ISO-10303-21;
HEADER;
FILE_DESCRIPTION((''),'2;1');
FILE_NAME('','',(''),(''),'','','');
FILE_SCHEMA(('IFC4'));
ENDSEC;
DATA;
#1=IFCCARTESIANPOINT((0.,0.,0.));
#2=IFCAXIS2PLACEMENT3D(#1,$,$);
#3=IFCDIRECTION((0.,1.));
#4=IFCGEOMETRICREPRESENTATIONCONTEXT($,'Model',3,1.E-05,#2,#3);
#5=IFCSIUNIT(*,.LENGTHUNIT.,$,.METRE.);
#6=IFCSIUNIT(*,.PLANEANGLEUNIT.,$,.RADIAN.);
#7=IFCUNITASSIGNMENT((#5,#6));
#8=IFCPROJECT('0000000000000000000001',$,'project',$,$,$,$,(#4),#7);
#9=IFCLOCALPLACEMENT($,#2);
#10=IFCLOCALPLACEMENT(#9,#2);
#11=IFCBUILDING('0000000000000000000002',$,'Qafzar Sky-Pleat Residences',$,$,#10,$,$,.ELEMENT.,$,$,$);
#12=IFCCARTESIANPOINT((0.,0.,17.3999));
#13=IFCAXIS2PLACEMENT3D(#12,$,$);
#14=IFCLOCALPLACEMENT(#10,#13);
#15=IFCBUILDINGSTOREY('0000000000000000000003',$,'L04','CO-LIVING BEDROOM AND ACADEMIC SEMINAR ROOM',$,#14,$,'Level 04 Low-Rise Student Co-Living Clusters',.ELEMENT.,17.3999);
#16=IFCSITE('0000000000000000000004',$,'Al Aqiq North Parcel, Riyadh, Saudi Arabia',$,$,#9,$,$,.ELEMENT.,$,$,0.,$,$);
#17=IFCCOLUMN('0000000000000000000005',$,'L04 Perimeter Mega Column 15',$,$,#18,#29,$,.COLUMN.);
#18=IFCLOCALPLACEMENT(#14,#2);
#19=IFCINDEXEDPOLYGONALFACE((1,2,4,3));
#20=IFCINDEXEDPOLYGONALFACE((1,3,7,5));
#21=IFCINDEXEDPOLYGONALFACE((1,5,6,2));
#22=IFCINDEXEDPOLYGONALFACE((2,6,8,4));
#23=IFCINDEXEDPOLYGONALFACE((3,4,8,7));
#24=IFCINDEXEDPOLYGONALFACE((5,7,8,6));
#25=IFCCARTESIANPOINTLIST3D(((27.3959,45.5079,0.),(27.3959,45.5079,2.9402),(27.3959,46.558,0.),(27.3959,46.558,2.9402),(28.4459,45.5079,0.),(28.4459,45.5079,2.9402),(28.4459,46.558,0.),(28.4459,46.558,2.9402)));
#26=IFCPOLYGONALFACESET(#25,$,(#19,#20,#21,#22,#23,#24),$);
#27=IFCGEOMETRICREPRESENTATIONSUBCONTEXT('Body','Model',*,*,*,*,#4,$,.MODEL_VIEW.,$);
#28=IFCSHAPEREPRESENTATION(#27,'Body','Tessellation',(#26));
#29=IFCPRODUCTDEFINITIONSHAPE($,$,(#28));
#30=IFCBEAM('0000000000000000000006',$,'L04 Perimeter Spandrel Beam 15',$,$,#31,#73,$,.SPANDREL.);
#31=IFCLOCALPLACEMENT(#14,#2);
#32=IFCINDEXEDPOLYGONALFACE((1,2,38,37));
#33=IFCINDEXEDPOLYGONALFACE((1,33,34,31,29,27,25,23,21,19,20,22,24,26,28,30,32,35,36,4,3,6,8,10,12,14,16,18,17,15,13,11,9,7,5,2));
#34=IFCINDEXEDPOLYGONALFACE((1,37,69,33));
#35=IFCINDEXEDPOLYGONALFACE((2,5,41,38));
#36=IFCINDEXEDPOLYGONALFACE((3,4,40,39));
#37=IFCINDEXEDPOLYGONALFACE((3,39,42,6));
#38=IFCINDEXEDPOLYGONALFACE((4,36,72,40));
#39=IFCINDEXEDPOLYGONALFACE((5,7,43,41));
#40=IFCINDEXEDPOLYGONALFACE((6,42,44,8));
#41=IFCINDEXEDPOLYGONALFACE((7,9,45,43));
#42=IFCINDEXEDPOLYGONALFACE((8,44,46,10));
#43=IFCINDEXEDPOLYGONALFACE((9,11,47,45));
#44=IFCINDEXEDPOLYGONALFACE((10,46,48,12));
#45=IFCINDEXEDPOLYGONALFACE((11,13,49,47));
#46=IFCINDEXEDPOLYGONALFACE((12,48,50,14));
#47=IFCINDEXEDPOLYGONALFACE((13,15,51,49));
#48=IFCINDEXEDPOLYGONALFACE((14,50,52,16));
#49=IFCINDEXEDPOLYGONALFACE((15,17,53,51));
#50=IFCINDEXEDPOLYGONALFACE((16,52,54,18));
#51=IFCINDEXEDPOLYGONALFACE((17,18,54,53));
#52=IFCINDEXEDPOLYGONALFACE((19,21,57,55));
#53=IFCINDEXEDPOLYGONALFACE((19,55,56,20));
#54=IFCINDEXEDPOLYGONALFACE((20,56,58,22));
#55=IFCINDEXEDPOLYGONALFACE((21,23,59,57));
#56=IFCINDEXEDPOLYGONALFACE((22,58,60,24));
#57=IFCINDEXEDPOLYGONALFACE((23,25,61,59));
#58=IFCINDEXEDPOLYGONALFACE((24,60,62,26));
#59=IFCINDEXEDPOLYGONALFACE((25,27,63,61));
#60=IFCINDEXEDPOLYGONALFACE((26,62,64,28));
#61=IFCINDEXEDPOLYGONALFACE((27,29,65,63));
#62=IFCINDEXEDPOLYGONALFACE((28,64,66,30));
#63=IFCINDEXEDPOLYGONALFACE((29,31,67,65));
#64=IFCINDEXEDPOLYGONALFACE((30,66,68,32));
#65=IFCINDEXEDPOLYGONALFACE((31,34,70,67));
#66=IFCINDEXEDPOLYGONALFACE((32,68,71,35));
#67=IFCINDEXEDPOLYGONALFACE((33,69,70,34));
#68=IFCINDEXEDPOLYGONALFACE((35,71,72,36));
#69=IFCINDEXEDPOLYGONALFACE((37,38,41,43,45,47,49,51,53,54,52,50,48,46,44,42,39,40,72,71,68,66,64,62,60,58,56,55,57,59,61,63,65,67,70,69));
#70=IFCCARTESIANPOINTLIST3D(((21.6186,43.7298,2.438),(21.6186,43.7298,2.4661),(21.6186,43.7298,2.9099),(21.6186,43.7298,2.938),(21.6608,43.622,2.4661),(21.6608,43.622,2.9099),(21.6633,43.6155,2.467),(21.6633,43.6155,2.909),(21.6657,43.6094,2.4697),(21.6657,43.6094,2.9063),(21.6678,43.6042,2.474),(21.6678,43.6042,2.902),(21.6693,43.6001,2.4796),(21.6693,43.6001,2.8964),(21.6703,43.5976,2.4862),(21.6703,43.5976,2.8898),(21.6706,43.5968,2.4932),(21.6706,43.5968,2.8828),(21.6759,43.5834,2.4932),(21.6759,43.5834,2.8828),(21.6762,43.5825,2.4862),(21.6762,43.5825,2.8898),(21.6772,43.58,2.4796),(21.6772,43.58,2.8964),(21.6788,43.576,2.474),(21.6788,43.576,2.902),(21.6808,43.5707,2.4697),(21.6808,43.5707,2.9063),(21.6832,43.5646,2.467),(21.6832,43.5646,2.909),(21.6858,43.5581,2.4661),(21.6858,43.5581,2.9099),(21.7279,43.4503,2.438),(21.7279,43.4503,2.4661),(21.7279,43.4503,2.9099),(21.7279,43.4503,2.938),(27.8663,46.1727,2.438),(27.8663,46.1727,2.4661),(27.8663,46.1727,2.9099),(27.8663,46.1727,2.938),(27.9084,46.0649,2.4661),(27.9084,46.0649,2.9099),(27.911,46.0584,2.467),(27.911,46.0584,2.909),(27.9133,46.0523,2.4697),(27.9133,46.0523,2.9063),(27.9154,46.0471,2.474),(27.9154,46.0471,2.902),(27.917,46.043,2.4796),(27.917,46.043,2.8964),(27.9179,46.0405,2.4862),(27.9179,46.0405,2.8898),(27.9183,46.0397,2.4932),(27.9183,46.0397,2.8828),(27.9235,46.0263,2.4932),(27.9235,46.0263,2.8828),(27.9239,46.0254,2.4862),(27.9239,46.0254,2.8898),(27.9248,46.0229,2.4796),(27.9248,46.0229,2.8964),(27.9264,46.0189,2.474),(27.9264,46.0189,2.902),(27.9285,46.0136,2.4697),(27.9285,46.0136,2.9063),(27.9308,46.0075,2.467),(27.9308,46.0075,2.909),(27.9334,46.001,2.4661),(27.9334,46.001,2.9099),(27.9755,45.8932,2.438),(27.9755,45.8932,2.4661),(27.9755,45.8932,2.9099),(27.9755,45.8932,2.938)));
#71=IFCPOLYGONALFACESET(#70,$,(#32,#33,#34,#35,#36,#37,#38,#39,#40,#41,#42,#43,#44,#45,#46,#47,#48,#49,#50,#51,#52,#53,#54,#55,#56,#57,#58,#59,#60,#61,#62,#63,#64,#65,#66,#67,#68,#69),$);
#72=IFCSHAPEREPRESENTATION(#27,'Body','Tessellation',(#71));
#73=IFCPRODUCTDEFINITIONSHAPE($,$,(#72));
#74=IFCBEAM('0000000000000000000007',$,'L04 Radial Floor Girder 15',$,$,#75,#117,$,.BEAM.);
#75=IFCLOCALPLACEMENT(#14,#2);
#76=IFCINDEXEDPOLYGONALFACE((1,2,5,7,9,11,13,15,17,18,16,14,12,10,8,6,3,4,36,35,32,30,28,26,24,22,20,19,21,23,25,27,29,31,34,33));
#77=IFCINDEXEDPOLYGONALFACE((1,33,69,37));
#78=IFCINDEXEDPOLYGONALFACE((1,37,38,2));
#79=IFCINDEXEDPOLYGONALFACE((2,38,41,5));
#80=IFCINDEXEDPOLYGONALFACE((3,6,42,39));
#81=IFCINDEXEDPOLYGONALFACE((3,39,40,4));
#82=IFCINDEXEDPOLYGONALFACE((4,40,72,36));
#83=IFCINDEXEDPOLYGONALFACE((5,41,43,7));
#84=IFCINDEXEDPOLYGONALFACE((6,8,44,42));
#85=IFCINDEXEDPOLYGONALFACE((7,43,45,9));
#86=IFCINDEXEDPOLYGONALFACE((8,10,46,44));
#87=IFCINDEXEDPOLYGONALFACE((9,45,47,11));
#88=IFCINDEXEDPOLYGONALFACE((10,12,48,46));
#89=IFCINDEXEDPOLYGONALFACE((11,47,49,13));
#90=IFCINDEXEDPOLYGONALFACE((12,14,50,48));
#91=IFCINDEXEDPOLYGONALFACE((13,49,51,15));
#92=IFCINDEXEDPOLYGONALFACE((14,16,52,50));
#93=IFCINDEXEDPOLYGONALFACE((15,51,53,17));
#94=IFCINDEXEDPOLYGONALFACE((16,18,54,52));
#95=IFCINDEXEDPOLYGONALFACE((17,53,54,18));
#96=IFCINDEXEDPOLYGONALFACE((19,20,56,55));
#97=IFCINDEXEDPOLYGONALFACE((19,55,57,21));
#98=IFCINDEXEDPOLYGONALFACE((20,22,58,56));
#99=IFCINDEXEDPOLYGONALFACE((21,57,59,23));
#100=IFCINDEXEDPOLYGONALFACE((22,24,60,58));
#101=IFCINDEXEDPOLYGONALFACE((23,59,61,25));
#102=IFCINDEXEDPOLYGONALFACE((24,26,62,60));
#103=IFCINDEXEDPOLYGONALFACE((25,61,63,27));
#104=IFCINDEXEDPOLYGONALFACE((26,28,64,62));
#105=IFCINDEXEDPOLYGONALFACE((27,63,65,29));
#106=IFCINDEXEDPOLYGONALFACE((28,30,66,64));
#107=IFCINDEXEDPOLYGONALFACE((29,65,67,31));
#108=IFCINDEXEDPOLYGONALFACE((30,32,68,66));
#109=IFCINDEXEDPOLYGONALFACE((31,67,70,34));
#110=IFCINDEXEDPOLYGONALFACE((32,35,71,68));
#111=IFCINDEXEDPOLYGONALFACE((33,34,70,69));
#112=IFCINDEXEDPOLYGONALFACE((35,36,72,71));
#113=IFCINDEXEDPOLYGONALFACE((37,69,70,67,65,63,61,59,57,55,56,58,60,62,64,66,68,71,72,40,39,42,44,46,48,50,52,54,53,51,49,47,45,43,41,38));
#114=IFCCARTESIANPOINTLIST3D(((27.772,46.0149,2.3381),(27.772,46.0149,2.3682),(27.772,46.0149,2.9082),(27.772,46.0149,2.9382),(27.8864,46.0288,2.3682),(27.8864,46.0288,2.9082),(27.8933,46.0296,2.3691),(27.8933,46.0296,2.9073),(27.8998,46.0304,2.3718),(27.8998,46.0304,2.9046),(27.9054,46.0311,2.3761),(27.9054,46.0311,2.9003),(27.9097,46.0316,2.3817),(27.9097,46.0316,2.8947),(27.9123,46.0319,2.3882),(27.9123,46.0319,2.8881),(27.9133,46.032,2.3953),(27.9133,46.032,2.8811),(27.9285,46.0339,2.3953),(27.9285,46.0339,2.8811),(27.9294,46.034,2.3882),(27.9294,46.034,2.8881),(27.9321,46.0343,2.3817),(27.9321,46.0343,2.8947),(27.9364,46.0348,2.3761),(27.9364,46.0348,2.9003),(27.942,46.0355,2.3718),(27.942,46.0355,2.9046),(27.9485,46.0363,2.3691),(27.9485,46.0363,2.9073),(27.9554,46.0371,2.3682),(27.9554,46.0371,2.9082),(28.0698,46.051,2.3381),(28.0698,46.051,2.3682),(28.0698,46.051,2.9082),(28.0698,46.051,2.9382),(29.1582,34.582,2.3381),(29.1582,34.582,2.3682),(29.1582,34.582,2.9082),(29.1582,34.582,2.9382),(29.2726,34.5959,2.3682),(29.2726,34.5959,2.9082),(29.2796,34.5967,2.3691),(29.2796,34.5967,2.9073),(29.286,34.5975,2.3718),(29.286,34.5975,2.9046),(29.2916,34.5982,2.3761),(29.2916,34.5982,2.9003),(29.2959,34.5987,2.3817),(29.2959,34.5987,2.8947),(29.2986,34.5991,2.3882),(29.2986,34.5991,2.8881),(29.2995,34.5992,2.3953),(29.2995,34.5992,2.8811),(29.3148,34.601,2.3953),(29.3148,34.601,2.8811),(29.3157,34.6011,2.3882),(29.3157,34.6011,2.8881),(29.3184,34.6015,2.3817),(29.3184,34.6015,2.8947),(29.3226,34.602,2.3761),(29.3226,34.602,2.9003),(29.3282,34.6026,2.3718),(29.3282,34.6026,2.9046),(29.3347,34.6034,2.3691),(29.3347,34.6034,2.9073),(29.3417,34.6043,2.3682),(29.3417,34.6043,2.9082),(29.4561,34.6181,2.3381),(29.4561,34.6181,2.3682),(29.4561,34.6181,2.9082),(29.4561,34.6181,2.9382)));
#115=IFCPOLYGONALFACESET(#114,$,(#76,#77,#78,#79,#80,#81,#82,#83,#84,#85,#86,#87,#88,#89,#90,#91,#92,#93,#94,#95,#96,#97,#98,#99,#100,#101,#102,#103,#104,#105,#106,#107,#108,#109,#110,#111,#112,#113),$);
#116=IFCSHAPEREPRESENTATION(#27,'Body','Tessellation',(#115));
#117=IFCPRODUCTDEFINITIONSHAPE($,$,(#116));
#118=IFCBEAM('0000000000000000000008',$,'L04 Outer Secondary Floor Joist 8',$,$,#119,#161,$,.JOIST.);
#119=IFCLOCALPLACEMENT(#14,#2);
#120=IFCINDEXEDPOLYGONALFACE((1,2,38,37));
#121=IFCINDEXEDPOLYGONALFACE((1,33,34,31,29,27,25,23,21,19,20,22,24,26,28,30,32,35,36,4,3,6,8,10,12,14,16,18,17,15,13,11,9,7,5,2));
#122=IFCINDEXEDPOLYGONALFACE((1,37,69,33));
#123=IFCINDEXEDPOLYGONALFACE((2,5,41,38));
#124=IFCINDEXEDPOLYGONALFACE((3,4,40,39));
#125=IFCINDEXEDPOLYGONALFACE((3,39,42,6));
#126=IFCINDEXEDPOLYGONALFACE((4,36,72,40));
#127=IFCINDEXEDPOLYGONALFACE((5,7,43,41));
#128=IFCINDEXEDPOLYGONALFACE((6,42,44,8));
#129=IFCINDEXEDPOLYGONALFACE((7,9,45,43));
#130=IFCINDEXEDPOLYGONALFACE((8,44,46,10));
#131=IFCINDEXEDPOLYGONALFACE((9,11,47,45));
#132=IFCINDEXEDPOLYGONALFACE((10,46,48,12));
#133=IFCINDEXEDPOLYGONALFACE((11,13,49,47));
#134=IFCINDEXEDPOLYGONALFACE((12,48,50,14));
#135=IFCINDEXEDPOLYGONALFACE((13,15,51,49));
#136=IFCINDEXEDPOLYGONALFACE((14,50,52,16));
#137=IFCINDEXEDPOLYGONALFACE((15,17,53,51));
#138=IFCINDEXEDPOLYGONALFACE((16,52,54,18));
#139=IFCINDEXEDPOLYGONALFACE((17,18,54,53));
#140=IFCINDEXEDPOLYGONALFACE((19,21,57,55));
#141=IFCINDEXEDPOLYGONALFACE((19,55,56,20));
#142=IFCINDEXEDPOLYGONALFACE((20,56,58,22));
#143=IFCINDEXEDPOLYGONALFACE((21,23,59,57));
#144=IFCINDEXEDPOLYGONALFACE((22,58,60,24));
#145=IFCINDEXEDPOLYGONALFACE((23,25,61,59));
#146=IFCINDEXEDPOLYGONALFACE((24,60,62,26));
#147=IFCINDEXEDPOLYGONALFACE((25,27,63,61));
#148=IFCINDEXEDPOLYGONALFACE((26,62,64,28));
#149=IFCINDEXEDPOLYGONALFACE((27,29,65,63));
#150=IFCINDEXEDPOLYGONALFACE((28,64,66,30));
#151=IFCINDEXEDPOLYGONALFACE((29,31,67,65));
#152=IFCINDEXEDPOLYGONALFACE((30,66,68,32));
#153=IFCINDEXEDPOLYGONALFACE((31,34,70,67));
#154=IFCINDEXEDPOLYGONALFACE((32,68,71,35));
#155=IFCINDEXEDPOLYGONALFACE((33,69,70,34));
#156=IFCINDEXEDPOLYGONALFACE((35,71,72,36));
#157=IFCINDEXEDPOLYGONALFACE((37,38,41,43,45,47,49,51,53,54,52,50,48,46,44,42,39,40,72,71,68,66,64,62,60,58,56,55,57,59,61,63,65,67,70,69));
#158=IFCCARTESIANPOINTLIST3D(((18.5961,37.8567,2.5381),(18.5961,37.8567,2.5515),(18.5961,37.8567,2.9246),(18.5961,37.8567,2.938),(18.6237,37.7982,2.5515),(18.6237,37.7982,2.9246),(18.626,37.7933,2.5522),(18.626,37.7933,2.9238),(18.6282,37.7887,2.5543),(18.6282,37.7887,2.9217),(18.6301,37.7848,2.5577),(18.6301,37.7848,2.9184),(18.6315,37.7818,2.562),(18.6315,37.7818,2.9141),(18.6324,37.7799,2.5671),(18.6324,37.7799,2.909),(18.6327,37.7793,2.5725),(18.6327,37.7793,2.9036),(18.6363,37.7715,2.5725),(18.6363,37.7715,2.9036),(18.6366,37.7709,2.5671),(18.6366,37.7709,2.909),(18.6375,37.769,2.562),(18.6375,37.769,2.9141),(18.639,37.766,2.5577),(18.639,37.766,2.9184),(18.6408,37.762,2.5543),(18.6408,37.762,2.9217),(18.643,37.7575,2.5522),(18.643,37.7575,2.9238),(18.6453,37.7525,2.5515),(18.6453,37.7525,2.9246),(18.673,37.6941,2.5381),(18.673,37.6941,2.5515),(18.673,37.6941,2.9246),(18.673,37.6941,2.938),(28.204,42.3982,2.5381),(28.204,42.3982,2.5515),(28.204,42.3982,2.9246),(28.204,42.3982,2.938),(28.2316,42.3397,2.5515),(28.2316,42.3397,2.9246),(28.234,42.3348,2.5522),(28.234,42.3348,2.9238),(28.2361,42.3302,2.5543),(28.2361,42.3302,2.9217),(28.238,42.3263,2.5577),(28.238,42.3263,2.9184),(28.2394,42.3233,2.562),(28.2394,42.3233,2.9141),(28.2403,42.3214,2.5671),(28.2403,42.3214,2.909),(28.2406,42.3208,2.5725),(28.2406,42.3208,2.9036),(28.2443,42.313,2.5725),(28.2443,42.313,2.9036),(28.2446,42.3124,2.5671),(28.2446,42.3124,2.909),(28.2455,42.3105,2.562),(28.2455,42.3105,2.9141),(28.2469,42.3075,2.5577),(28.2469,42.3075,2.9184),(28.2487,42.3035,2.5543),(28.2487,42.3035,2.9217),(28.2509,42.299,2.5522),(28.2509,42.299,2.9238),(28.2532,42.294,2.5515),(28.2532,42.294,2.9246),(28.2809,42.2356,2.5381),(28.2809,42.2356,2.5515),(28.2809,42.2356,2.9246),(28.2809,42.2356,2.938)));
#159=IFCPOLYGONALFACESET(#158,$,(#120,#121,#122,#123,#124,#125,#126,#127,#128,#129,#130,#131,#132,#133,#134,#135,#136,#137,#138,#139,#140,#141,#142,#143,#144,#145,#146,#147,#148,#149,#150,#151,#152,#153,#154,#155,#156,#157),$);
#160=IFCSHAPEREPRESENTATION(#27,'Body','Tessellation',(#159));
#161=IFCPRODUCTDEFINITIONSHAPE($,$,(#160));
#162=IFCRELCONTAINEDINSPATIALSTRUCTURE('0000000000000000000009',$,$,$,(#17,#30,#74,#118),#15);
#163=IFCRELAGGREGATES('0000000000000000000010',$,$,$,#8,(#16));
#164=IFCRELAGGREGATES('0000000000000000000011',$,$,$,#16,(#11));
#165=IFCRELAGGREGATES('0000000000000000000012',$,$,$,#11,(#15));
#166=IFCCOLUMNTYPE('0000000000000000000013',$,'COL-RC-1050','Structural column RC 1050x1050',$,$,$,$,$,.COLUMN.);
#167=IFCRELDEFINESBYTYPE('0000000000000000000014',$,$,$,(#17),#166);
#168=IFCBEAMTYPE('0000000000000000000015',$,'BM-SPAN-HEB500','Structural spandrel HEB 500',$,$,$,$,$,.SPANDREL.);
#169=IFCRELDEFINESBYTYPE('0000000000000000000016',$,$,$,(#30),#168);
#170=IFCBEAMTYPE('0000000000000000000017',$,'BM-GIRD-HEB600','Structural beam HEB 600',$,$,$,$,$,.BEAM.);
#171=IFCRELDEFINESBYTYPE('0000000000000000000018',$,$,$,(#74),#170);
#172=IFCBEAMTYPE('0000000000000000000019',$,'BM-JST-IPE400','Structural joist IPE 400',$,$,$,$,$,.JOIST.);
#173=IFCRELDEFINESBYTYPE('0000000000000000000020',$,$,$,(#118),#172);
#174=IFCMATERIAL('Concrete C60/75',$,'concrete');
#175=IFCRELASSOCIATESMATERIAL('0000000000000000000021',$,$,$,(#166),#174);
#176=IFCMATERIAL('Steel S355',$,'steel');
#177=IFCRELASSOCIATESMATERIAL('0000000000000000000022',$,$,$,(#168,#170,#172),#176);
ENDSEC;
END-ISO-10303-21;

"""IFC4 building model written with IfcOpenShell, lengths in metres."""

from ifc_helpers import new_model, si_unit, direction, frame, origin, origin_2d, place, context, subcontext, project, spatial, rectangle, i_section, extrude, source, transform, mapped, material, material_profile, profile_set, type_object, element, save


model = new_model("IFC4")

# Units and contexts
model_context = context("Model", 3, precision=1e-05, world=origin(), true_north=direction((0.0, 1.0)))
body_context = subcontext(model_context, "Body", "Model", "MODEL_VIEW")
ifc_project = project(units=[si_unit("LENGTHUNIT", "METRE"), si_unit("PLANEANGLEUNIT", "RADIAN")], contexts=[model_context])

# Site, building, storey
site_placement = place(None, origin())
site = spatial("IfcSite", under=ifc_project, at=site_placement, Name="Al Aqiq North Parcel, Riyadh, Saudi Arabia", CompositionType="ELEMENT", RefElevation=0.0)
building_placement = place(site_placement, origin())
building = spatial("IfcBuilding", under=site, at=building_placement, Name="Qafzar Sky-Pleat Residences", CompositionType="ELEMENT")
storey_placement = place(building_placement, frame((0.0, 0.0, 17.3999)))
storey = spatial("IfcBuildingStorey", under=building, at=storey_placement, Name="L04", Description="CO-LIVING BEDROOM AND ACADEMIC SEMINAR ROOM", LongName="Level 04 Low-Rise Student Co-Living Clusters", CompositionType="ELEMENT", Elevation=17.3999)

# Column
ifc_material_1 = material(Name="Concrete C60/75", Category="concrete")
ifc_material_profile_1 = material_profile(ifc_material_1, rectangle(XDim=1.05, YDim=1.05, at=origin_2d()), Name="RC 1050x1050")
ifc_profile_set_1 = profile_set([ifc_material_profile_1], Name="Concrete C60/75")
column_type = type_object("IfcColumnType", Name="COL-RC-1050", Description="Structural column RC 1050x1050", PredefinedType="COLUMN", material=ifc_profile_set_1)
shared_shape_1 = source(origin(), body_context, "Body", "SweptSolid", [
    extrude(rectangle(XDim=1.05, YDim=1.05, at=origin_2d()), origin(), (0.0, 0.0, 1.0), 2.9402),
])
column_placement = place(storey_placement, frame((27.9209, 46.033, 0.0), z_axis=(0.0, 0.0, 1.0), x_axis=(1.0, 0.0, 0.0)))
element("IfcColumn", 1, at=column_placement, inside=storey, type_object=column_type, Name="L04 Perimeter Mega Column 15", PredefinedType="COLUMN", context=body_context, shape_type="MappedRepresentation", body=[
    mapped(shared_shape_1, transform((0.0, 0.0, 0.0), x_axis=(1.0, 0.0, 0.0), y_axis=(0.0, 1.0, 0.0), z_axis=(0.0, 0.0, 1.0), scale=1.0)),
])

# Beams
ifc_material_2 = material(Name="Steel S355", Category="steel")
ifc_material_profile_2 = material_profile(ifc_material_2, i_section(OverallWidth=0.3, OverallDepth=0.5, WebThickness=0.0144, FlangeThickness=0.0281, FilletRadius=0.0271, at=origin_2d()), Name="HEB 500")
ifc_profile_set_2 = profile_set([ifc_material_profile_2], Name="Steel S355")
beam_type_1 = type_object("IfcBeamType", Name="BM-SPAN-HEB500", Description="Structural spandrel HEB 500", PredefinedType="SPANDREL", material=ifc_profile_set_2)
shared_shape_2 = source(origin(), body_context, "Body", "SweptSolid", [
    extrude(i_section(OverallWidth=0.3, OverallDepth=0.5, WebThickness=0.0144, FlangeThickness=0.0281, FilletRadius=0.0271, at=origin_2d()), origin(), (0.0, 0.0, 1.0), 6.7083),
])
beam_1_placement = place(storey_placement, frame((27.9209, 46.033, 2.688), z_axis=(-0.931335, -0.364163, 0.0), x_axis=(0.364163, -0.931335, 0.0)))
element("IfcBeam", 2, at=beam_1_placement, inside=storey, type_object=beam_type_1, Name="L04 Perimeter Spandrel Beam 15", PredefinedType="SPANDREL", context=body_context, shape_type="MappedRepresentation", body=[
    mapped(shared_shape_2, transform((0.0, 0.0, 0.0), x_axis=(1.0, 0.0, 0.0), y_axis=(0.0, 1.0, 0.0), z_axis=(0.0, 0.0, 1.0), scale=1.0)),
])
ifc_material_profile_3 = material_profile(ifc_material_2, i_section(OverallWidth=0.3, OverallDepth=0.6001, WebThickness=0.0154, FlangeThickness=0.03, FilletRadius=0.0271, at=origin_2d()), Name="HEB 600")
ifc_profile_set_3 = profile_set([ifc_material_profile_3], Name="Steel S355")
beam_type_2 = type_object("IfcBeamType", Name="BM-GIRD-HEB600", Description="Structural beam HEB 600", PredefinedType="BEAM", material=ifc_profile_set_3)
shared_shape_3 = source(origin(), body_context, "Body", "SweptSolid", [
    extrude(i_section(OverallWidth=0.3, OverallDepth=0.6001, WebThickness=0.0154, FlangeThickness=0.03, FilletRadius=0.0271, at=origin_2d()), origin(), (0.0, 0.0, 1.0), 11.5166),
])
beam_2_placement = place(storey_placement, frame((27.9209, 46.033, 2.6382), z_axis=(0.120368, -0.992729, 0.0), x_axis=(0.992729, 0.120368, 0.0)))
element("IfcBeam", 3, at=beam_2_placement, inside=storey, type_object=beam_type_2, Name="L04 Radial Floor Girder 15", PredefinedType="BEAM", context=body_context, shape_type="MappedRepresentation", body=[
    mapped(shared_shape_3, transform((0.0, 0.0, 0.0), x_axis=(1.0, 0.0, 0.0), y_axis=(0.0, 1.0, 0.0), z_axis=(0.0, 0.0, 1.0), scale=1.0)),
])
ifc_material_profile_4 = material_profile(ifc_material_2, i_section(OverallWidth=0.1799, OverallDepth=0.3999, WebThickness=0.0085, FlangeThickness=0.0134, FilletRadius=0.021, at=origin_2d()), Name="IPE 400")
ifc_profile_set_4 = profile_set([ifc_material_profile_4], Name="Steel S355")
beam_type_3 = type_object("IfcBeamType", Name="BM-JST-IPE400", Description="Structural joist IPE 400", PredefinedType="JOIST", material=ifc_profile_set_4)
shared_shape_4 = source(origin(), body_context, "Body", "SweptSolid", [
    extrude(i_section(OverallWidth=0.1799, OverallDepth=0.3999, WebThickness=0.0085, FlangeThickness=0.0134, FilletRadius=0.021, at=origin_2d()), origin(), (0.0, 0.0, 1.0), 10.6272),
])
beam_3_placement = place(storey_placement, frame((28.2424, 42.3169, 2.738), z_axis=(-0.904087, -0.427348, 0.0), x_axis=(0.427348, -0.904087, 0.0)))
element("IfcBeam", 4, at=beam_3_placement, inside=storey, type_object=beam_type_3, Name="L04 Outer Secondary Floor Joist 8", PredefinedType="JOIST", context=body_context, shape_type="MappedRepresentation", body=[
    mapped(shared_shape_4, transform((0.0, 0.0, 0.0), x_axis=(1.0, 0.0, 0.0), y_axis=(0.0, 1.0, 0.0), z_axis=(0.0, 0.0, 1.0), scale=1.0)),
])

save(model, "model.ifc")
